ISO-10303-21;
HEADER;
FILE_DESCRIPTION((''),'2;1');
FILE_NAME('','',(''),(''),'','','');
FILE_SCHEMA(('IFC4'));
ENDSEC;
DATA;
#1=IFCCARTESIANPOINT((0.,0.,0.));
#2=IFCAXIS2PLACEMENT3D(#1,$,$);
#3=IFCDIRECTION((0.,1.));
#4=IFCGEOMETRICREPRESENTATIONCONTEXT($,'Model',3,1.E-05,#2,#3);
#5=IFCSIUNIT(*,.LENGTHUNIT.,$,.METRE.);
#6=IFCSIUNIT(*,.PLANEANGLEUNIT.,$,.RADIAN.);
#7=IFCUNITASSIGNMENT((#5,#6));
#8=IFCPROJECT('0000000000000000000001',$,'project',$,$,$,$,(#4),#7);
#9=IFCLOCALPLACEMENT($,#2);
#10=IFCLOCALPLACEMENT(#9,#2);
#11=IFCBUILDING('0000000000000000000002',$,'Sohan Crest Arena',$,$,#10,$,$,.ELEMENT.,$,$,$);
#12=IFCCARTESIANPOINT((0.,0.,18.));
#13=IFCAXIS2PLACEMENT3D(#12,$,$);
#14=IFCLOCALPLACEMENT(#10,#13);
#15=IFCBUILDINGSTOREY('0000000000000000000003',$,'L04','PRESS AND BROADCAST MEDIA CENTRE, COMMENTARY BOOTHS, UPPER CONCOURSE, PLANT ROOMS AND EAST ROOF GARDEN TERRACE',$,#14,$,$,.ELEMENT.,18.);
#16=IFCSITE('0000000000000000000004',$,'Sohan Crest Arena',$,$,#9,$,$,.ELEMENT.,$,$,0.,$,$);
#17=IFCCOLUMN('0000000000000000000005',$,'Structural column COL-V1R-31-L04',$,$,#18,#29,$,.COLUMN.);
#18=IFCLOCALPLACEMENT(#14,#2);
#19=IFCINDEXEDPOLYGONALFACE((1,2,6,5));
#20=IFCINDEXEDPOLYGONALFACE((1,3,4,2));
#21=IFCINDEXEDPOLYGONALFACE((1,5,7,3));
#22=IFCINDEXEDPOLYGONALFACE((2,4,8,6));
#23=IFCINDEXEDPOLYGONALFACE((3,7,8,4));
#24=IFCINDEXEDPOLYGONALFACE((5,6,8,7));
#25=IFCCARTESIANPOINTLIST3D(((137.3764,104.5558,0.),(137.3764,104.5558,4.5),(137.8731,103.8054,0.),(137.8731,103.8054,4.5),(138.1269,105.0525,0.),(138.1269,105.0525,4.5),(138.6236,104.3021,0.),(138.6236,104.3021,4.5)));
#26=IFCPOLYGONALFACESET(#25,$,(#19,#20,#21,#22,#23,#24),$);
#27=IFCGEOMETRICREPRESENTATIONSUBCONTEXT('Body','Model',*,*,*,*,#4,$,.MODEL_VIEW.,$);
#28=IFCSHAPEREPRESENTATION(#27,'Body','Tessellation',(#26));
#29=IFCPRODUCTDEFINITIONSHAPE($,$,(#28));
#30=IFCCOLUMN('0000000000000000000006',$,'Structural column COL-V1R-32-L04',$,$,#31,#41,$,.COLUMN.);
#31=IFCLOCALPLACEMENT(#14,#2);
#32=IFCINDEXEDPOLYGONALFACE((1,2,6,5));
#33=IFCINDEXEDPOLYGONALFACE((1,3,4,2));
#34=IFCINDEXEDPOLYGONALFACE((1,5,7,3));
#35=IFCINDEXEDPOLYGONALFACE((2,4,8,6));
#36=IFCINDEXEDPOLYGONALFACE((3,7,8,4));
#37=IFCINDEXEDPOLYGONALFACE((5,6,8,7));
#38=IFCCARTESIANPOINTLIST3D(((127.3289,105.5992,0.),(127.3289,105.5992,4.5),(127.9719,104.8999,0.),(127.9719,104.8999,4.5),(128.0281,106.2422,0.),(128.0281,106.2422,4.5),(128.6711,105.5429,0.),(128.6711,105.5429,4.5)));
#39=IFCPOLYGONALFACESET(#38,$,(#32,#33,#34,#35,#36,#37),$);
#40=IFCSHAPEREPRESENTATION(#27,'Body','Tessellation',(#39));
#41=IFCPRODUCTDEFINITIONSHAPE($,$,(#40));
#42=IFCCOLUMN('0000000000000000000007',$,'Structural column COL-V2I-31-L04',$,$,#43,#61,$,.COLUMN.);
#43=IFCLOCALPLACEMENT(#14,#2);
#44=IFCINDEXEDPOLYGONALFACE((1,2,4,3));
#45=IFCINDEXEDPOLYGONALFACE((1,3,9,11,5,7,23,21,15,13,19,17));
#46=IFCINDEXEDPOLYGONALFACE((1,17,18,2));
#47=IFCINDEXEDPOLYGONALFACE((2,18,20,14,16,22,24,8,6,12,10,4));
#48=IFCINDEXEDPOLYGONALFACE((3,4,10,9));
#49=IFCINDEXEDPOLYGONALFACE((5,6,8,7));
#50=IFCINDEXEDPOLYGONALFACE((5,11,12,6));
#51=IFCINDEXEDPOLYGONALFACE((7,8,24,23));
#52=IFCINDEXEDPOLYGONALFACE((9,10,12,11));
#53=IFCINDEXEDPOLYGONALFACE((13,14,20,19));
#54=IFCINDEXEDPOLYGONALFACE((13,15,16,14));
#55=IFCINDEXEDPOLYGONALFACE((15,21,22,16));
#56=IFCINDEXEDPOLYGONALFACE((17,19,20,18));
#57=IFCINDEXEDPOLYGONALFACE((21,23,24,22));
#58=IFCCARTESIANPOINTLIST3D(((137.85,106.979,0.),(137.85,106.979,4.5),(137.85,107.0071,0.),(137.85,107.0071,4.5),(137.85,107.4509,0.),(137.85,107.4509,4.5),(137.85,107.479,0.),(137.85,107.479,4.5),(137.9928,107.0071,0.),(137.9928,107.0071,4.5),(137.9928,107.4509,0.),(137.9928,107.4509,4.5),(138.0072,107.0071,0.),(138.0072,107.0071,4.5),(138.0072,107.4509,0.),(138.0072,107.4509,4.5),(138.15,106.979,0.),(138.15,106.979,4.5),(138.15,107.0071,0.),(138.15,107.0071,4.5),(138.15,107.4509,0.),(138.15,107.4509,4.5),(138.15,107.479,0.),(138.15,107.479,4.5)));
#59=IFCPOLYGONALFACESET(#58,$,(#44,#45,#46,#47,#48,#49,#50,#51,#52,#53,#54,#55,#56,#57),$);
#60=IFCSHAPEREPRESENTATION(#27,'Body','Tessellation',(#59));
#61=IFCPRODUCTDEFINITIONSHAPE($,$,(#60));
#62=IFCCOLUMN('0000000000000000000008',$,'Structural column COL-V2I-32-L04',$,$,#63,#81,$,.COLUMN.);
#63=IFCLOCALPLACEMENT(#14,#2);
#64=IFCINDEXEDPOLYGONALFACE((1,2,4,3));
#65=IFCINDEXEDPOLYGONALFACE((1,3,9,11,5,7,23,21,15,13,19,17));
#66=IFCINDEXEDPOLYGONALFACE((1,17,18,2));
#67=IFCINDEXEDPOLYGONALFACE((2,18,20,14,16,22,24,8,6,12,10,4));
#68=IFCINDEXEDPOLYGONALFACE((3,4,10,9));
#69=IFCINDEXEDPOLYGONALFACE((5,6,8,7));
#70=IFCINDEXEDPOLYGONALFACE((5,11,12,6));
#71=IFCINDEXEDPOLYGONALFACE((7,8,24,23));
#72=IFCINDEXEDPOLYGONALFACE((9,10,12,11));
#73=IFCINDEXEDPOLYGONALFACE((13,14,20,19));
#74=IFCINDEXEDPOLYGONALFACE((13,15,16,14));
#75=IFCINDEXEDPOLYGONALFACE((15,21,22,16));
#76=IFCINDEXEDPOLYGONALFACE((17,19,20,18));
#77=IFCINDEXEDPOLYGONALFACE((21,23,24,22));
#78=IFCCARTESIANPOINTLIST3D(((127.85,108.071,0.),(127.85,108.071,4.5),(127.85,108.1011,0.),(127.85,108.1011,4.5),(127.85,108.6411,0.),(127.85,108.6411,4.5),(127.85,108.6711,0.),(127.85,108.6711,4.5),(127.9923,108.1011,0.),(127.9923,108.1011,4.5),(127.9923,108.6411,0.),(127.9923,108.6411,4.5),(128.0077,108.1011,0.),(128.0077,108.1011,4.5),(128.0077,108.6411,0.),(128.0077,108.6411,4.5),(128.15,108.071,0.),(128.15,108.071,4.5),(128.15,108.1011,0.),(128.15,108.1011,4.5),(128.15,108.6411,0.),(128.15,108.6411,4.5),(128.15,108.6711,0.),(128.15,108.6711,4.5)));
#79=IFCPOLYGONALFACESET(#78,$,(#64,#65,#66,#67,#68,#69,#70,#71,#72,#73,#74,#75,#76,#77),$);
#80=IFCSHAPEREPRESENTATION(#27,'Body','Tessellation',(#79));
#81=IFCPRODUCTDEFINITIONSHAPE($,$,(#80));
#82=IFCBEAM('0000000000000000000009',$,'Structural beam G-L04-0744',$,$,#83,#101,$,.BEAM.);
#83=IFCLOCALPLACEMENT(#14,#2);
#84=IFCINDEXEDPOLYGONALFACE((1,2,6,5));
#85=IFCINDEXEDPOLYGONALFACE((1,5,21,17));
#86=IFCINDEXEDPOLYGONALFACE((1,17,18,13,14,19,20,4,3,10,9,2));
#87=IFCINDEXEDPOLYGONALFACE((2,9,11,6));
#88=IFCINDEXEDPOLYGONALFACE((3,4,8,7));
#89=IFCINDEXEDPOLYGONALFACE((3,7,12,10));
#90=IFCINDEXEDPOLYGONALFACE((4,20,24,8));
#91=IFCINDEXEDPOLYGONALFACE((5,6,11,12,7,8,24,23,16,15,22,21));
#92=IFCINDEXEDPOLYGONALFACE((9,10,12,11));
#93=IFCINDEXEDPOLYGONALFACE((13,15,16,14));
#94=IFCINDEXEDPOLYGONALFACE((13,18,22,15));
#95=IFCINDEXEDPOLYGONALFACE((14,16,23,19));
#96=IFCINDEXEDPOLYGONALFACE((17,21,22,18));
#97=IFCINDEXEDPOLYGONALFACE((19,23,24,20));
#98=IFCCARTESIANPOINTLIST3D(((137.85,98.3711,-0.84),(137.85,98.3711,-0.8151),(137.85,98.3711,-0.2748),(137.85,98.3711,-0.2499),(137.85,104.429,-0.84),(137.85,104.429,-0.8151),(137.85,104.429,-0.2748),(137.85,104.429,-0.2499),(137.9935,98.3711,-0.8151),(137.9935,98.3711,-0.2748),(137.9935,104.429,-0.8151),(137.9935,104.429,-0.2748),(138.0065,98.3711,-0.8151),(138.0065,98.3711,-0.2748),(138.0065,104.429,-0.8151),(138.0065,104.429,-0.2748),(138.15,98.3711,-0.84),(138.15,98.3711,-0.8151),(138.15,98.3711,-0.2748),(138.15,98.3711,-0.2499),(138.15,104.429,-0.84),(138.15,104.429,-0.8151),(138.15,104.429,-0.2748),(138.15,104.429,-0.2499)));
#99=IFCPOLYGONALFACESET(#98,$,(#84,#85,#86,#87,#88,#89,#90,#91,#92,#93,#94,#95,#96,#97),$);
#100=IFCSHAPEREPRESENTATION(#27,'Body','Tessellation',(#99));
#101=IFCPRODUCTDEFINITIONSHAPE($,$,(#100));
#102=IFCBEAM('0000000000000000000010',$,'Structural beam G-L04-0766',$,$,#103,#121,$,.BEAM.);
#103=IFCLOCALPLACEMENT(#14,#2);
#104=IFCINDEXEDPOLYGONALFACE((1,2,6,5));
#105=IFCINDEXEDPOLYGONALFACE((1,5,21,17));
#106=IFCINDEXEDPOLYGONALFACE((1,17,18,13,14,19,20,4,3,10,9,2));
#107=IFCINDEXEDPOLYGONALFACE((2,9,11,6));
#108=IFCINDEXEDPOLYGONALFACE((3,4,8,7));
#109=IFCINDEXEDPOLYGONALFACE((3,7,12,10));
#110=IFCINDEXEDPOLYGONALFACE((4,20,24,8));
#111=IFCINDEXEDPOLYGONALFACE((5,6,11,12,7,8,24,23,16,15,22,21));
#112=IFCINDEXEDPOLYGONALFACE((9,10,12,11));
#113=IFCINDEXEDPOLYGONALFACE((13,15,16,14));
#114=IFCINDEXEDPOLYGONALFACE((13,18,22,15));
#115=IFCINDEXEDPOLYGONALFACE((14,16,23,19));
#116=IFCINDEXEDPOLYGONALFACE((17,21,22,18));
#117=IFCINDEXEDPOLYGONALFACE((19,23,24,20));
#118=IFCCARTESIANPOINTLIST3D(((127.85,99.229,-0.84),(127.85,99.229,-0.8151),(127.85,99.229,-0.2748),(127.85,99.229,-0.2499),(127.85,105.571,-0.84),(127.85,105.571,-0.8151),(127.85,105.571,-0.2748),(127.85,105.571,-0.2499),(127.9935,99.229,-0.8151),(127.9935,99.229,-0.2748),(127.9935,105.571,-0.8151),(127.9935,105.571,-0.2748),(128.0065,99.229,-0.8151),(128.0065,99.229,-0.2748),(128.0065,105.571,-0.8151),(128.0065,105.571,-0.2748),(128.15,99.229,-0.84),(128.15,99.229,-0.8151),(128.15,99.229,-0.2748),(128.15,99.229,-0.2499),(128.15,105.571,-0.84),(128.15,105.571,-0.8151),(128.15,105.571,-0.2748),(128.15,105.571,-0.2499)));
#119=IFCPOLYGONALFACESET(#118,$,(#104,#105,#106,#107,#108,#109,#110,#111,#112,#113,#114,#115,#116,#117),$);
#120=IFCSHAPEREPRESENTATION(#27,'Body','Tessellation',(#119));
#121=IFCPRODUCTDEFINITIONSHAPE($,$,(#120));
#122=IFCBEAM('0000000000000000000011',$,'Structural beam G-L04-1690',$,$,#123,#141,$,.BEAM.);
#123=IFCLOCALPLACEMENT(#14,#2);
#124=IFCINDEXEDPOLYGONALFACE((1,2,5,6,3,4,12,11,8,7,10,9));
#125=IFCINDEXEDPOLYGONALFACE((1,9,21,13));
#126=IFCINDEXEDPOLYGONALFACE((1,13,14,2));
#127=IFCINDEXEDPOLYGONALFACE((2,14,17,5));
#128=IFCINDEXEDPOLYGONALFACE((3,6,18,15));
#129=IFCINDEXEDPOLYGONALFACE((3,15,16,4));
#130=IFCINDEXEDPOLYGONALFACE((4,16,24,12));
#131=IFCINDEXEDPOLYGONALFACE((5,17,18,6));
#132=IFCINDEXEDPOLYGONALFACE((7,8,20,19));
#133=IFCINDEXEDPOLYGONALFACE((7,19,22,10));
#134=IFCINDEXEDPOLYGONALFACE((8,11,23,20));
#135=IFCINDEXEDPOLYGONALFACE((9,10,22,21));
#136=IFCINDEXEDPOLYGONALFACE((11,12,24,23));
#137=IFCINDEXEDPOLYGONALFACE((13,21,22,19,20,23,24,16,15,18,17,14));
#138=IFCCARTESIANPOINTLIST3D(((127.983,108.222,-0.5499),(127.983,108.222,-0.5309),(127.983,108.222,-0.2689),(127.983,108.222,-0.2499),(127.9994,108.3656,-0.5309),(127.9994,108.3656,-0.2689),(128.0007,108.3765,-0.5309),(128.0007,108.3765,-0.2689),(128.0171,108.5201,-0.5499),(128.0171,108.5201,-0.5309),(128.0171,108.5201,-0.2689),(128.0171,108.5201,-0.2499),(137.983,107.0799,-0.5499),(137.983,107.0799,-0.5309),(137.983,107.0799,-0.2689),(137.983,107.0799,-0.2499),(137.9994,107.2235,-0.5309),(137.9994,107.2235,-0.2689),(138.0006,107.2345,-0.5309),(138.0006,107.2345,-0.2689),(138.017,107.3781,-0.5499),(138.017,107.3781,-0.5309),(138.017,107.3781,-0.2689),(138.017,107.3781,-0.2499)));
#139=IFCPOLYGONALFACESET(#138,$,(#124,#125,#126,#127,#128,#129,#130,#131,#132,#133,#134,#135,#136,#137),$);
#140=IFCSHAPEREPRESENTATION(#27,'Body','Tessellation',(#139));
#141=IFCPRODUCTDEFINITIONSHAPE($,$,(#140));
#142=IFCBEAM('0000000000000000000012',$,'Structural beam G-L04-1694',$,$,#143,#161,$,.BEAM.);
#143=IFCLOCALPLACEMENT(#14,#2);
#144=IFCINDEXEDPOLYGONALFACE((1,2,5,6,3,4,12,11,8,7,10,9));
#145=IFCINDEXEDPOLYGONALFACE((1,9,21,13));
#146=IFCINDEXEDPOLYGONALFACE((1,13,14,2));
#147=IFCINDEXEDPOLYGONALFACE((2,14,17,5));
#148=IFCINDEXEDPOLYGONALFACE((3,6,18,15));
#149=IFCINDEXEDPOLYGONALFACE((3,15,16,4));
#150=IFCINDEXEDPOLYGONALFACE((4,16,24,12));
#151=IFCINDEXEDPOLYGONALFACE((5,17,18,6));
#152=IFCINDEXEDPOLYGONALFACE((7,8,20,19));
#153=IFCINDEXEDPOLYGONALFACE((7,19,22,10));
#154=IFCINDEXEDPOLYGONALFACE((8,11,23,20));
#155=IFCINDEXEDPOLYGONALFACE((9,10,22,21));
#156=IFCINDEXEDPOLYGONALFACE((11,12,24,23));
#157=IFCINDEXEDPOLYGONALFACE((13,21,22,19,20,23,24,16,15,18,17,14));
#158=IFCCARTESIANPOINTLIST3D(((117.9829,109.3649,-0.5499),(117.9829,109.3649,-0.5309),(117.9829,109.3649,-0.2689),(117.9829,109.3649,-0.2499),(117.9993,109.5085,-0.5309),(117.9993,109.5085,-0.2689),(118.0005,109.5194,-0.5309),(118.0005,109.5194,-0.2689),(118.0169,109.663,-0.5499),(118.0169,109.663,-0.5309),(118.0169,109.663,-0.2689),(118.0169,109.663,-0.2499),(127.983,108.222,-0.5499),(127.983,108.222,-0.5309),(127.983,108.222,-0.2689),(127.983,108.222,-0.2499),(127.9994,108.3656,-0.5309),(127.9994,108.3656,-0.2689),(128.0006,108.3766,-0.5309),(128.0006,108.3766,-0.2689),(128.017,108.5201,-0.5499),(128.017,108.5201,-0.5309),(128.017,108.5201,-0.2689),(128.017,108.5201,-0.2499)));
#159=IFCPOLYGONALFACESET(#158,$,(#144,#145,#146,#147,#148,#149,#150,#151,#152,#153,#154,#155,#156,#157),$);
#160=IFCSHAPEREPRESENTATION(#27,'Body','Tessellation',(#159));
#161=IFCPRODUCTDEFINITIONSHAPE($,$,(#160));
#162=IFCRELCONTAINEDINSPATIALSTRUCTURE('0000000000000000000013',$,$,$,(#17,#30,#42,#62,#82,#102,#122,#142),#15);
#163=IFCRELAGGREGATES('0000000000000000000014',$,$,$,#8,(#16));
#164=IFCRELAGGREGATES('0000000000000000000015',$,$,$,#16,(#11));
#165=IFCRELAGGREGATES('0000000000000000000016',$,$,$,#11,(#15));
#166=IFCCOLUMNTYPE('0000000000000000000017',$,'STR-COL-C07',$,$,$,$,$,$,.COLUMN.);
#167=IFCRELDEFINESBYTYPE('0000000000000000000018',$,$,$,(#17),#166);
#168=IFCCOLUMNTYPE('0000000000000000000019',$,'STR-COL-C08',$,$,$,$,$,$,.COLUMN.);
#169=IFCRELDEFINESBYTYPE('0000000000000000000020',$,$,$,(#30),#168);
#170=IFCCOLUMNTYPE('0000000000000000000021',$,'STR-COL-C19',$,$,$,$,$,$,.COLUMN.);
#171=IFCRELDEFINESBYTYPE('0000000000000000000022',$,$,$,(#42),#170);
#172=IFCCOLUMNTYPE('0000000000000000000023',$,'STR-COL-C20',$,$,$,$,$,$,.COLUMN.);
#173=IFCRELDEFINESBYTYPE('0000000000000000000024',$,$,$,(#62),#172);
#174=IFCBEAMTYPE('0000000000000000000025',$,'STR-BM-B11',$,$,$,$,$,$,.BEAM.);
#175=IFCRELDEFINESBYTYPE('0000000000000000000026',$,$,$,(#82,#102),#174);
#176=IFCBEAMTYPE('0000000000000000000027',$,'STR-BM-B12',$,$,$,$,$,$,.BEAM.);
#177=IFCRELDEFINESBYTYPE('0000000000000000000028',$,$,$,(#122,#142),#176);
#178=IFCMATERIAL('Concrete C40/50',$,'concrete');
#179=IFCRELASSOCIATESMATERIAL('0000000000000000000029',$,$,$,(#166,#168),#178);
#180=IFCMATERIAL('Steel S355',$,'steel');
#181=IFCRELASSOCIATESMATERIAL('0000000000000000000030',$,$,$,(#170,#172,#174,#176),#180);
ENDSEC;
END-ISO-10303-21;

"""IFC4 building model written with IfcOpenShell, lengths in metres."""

from ifc_helpers import new_model, si_unit, direction, frame, origin, origin_2d, place, context, subcontext, project, spatial, rectangle, i_section, extrude, material, material_profile, profile_set, type_object, element, save


model = new_model("IFC4")

# Units and contexts
model_context = context("Model", 3, precision=1e-05, world=origin(), true_north=direction((0.0, 1.0)))
body_context = subcontext(model_context, "Body", "Model", "MODEL_VIEW")
ifc_project = project(units=[si_unit("LENGTHUNIT", "METRE"), si_unit("PLANEANGLEUNIT", "RADIAN")], contexts=[model_context])

# Site, building, storey
site_placement = place(None, origin())
site = spatial("IfcSite", under=ifc_project, at=site_placement, Name="Sohan Crest Arena", CompositionType="ELEMENT", RefElevation=0.0)
building_placement = place(site_placement, origin())
building = spatial("IfcBuilding", under=site, at=building_placement, Name="Sohan Crest Arena", CompositionType="ELEMENT")
storey_placement = place(building_placement, frame((0.0, 0.0, 18.0)))
storey = spatial("IfcBuildingStorey", under=building, at=storey_placement, Name="L04", Description="PRESS AND BROADCAST MEDIA CENTRE, COMMENTARY BOOTHS, UPPER CONCOURSE, PLANT ROOMS AND EAST ROOF GARDEN TERRACE", CompositionType="ELEMENT", Elevation=18.0)

# Columns
ifc_material_1 = material(Name="Concrete C40/50", Category="concrete")
ifc_material_profile_1 = material_profile(ifc_material_1, rectangle(XDim=0.8999, YDim=0.8999, at=origin_2d()), Name="RC 900x900")
ifc_profile_set_1 = profile_set([ifc_material_profile_1], Name="Concrete C40/50")
column_type_1 = type_object("IfcColumnType", Name="STR-COL-C07", PredefinedType="COLUMN", material=ifc_profile_set_1)
column_1_placement = place(storey_placement, frame((138.0, 104.429, 0.0), z_axis=(0.0, 0.0, 1.0), x_axis=(0.833886, 0.551937, 0.0)))
element("IfcColumn", 1, at=column_1_placement, inside=storey, type_object=column_type_1, Name="Structural column COL-V1R-31-L04", PredefinedType="COLUMN", context=body_context, shape_type="SweptSolid", body=[
    extrude(rectangle(XDim=0.8999, YDim=0.8999, at=origin_2d()), origin(), (0.0, 0.0, 1.0), 4.5),
])
ifc_material_profile_2 = material_profile(ifc_material_1, rectangle(XDim=0.95, YDim=0.95, at=origin_2d()), Name="RC 950x950")
ifc_profile_set_2 = profile_set([ifc_material_profile_2], Name="Concrete C40/50")
column_type_2 = type_object("IfcColumnType", Name="STR-COL-C08", PredefinedType="COLUMN", material=ifc_profile_set_2)
column_2_placement = place(storey_placement, frame((128.0, 105.571, 0.0), z_axis=(0.0, 0.0, 1.0), x_axis=(0.736097, 0.676876, 0.0)))
element("IfcColumn", 2, at=column_2_placement, inside=storey, type_object=column_type_2, Name="Structural column COL-V1R-32-L04", PredefinedType="COLUMN", context=body_context, shape_type="SweptSolid", body=[
    extrude(rectangle(XDim=0.95, YDim=0.95, at=origin_2d()), origin(), (0.0, 0.0, 1.0), 4.5),
])
ifc_material_2 = material(Name="Steel S355", Category="steel")
ifc_material_profile_3 = material_profile(ifc_material_2, i_section(OverallWidth=0.3, OverallDepth=0.5, WebThickness=0.0144, FlangeThickness=0.0281, at=origin_2d()), Name="HEB 500")
ifc_profile_set_3 = profile_set([ifc_material_profile_3], Name="Steel S355")
column_type_3 = type_object("IfcColumnType", Name="STR-COL-C19", PredefinedType="COLUMN", material=ifc_profile_set_3)
column_3_placement = place(storey_placement, frame((138.0, 107.229, 0.0), z_axis=(0.0, 0.0, 1.0), x_axis=(1.0, 0.0, 0.0)))
element("IfcColumn", 3, at=column_3_placement, inside=storey, type_object=column_type_3, Name="Structural column COL-V2I-31-L04", PredefinedType="COLUMN", context=body_context, shape_type="SweptSolid", body=[
    extrude(i_section(OverallWidth=0.3, OverallDepth=0.5, WebThickness=0.0144, FlangeThickness=0.0281, at=origin_2d()), origin(), (0.0, 0.0, 1.0), 4.5),
])
ifc_material_profile_4 = material_profile(ifc_material_2, i_section(OverallWidth=0.3, OverallDepth=0.6001, WebThickness=0.0154, FlangeThickness=0.03, at=origin_2d()), Name="HEB 600")
ifc_profile_set_4 = profile_set([ifc_material_profile_4], Name="Steel S355")
column_type_4 = type_object("IfcColumnType", Name="STR-COL-C20", PredefinedType="COLUMN", material=ifc_profile_set_4)
column_4_placement = place(storey_placement, frame((128.0, 108.3711, 0.0), z_axis=(0.0, 0.0, 1.0), x_axis=(1.0, 0.0, 0.0)))
element("IfcColumn", 4, at=column_4_placement, inside=storey, type_object=column_type_4, Name="Structural column COL-V2I-32-L04", PredefinedType="COLUMN", context=body_context, shape_type="SweptSolid", body=[
    extrude(i_section(OverallWidth=0.3, OverallDepth=0.6001, WebThickness=0.0154, FlangeThickness=0.03, at=origin_2d()), origin(), (0.0, 0.0, 1.0), 4.5),
])

# Beams
ifc_material_profile_5 = material_profile(ifc_material_2, i_section(OverallWidth=0.3, OverallDepth=0.5901, WebThickness=0.0129, FlangeThickness=0.0249, at=origin_2d()), Name="HEA 600")
ifc_profile_set_5 = profile_set([ifc_material_profile_5], Name="Steel S355")
beam_type_1 = type_object("IfcBeamType", Name="STR-BM-B11", PredefinedType="BEAM", material=ifc_profile_set_5)
beam_1_placement = place(storey_placement, frame((138.0, 98.3711, -0.5449), z_axis=(0.0, 1.0, 0.0), x_axis=(-1.0, 0.0, 0.0)))
element("IfcBeam", 5, at=beam_1_placement, inside=storey, type_object=beam_type_1, Name="Structural beam G-L04-0744", PredefinedType="BEAM", context=body_context, shape_type="SweptSolid", body=[
    extrude(i_section(OverallWidth=0.3, OverallDepth=0.5901, WebThickness=0.0129, FlangeThickness=0.0249, at=origin_2d()), origin(), (0.0, 0.0, 1.0), 6.0579),
])
beam_2_placement = place(storey_placement, frame((128.0, 99.229, -0.5449), z_axis=(0.0, 1.0, 0.0), x_axis=(-1.0, 0.0, 0.0)))
element("IfcBeam", 6, at=beam_2_placement, inside=storey, type_object=beam_type_1, Name="Structural beam G-L04-0766", PredefinedType="BEAM", context=body_context, shape_type="SweptSolid", body=[
    extrude(i_section(OverallWidth=0.3, OverallDepth=0.5901, WebThickness=0.0129, FlangeThickness=0.0249, at=origin_2d()), origin(), (0.0, 0.0, 1.0), 6.342),
])
ifc_material_profile_6 = material_profile(ifc_material_2, i_section(OverallWidth=0.3, OverallDepth=0.3, WebThickness=0.011, FlangeThickness=0.019, at=origin_2d()), Name="HEB 300")
ifc_profile_set_6 = profile_set([ifc_material_profile_6], Name="Steel S355")
beam_type_2 = type_object("IfcBeamType", Name="STR-BM-B12", PredefinedType="BEAM", material=ifc_profile_set_6)
beam_3_placement = place(storey_placement, frame((138.0, 107.229, -0.3999), z_axis=(-0.993541, 0.113471, 0.0), x_axis=(-0.113471, -0.993541, 0.0)))
element("IfcBeam", 7, at=beam_3_placement, inside=storey, type_object=beam_type_2, Name="Structural beam G-L04-1690", PredefinedType="BEAM", context=body_context, shape_type="SweptSolid", body=[
    extrude(i_section(OverallWidth=0.3, OverallDepth=0.3, WebThickness=0.011, FlangeThickness=0.019, at=origin_2d()), origin(), (0.0, 0.0, 1.0), 10.0649),
])
beam_4_placement = place(storey_placement, frame((128.0, 108.3711, -0.3999), z_axis=(-0.993533, 0.113543, 0.0), x_axis=(-0.113543, -0.993533, 0.0)))
element("IfcBeam", 8, at=beam_4_placement, inside=storey, type_object=beam_type_2, Name="Structural beam G-L04-1694", PredefinedType="BEAM", context=body_context, shape_type="SweptSolid", body=[
    extrude(i_section(OverallWidth=0.3, OverallDepth=0.3, WebThickness=0.011, FlangeThickness=0.019, at=origin_2d()), origin(), (0.0, 0.0, 1.0), 10.0652),
])

save(model, "model.ifc")
